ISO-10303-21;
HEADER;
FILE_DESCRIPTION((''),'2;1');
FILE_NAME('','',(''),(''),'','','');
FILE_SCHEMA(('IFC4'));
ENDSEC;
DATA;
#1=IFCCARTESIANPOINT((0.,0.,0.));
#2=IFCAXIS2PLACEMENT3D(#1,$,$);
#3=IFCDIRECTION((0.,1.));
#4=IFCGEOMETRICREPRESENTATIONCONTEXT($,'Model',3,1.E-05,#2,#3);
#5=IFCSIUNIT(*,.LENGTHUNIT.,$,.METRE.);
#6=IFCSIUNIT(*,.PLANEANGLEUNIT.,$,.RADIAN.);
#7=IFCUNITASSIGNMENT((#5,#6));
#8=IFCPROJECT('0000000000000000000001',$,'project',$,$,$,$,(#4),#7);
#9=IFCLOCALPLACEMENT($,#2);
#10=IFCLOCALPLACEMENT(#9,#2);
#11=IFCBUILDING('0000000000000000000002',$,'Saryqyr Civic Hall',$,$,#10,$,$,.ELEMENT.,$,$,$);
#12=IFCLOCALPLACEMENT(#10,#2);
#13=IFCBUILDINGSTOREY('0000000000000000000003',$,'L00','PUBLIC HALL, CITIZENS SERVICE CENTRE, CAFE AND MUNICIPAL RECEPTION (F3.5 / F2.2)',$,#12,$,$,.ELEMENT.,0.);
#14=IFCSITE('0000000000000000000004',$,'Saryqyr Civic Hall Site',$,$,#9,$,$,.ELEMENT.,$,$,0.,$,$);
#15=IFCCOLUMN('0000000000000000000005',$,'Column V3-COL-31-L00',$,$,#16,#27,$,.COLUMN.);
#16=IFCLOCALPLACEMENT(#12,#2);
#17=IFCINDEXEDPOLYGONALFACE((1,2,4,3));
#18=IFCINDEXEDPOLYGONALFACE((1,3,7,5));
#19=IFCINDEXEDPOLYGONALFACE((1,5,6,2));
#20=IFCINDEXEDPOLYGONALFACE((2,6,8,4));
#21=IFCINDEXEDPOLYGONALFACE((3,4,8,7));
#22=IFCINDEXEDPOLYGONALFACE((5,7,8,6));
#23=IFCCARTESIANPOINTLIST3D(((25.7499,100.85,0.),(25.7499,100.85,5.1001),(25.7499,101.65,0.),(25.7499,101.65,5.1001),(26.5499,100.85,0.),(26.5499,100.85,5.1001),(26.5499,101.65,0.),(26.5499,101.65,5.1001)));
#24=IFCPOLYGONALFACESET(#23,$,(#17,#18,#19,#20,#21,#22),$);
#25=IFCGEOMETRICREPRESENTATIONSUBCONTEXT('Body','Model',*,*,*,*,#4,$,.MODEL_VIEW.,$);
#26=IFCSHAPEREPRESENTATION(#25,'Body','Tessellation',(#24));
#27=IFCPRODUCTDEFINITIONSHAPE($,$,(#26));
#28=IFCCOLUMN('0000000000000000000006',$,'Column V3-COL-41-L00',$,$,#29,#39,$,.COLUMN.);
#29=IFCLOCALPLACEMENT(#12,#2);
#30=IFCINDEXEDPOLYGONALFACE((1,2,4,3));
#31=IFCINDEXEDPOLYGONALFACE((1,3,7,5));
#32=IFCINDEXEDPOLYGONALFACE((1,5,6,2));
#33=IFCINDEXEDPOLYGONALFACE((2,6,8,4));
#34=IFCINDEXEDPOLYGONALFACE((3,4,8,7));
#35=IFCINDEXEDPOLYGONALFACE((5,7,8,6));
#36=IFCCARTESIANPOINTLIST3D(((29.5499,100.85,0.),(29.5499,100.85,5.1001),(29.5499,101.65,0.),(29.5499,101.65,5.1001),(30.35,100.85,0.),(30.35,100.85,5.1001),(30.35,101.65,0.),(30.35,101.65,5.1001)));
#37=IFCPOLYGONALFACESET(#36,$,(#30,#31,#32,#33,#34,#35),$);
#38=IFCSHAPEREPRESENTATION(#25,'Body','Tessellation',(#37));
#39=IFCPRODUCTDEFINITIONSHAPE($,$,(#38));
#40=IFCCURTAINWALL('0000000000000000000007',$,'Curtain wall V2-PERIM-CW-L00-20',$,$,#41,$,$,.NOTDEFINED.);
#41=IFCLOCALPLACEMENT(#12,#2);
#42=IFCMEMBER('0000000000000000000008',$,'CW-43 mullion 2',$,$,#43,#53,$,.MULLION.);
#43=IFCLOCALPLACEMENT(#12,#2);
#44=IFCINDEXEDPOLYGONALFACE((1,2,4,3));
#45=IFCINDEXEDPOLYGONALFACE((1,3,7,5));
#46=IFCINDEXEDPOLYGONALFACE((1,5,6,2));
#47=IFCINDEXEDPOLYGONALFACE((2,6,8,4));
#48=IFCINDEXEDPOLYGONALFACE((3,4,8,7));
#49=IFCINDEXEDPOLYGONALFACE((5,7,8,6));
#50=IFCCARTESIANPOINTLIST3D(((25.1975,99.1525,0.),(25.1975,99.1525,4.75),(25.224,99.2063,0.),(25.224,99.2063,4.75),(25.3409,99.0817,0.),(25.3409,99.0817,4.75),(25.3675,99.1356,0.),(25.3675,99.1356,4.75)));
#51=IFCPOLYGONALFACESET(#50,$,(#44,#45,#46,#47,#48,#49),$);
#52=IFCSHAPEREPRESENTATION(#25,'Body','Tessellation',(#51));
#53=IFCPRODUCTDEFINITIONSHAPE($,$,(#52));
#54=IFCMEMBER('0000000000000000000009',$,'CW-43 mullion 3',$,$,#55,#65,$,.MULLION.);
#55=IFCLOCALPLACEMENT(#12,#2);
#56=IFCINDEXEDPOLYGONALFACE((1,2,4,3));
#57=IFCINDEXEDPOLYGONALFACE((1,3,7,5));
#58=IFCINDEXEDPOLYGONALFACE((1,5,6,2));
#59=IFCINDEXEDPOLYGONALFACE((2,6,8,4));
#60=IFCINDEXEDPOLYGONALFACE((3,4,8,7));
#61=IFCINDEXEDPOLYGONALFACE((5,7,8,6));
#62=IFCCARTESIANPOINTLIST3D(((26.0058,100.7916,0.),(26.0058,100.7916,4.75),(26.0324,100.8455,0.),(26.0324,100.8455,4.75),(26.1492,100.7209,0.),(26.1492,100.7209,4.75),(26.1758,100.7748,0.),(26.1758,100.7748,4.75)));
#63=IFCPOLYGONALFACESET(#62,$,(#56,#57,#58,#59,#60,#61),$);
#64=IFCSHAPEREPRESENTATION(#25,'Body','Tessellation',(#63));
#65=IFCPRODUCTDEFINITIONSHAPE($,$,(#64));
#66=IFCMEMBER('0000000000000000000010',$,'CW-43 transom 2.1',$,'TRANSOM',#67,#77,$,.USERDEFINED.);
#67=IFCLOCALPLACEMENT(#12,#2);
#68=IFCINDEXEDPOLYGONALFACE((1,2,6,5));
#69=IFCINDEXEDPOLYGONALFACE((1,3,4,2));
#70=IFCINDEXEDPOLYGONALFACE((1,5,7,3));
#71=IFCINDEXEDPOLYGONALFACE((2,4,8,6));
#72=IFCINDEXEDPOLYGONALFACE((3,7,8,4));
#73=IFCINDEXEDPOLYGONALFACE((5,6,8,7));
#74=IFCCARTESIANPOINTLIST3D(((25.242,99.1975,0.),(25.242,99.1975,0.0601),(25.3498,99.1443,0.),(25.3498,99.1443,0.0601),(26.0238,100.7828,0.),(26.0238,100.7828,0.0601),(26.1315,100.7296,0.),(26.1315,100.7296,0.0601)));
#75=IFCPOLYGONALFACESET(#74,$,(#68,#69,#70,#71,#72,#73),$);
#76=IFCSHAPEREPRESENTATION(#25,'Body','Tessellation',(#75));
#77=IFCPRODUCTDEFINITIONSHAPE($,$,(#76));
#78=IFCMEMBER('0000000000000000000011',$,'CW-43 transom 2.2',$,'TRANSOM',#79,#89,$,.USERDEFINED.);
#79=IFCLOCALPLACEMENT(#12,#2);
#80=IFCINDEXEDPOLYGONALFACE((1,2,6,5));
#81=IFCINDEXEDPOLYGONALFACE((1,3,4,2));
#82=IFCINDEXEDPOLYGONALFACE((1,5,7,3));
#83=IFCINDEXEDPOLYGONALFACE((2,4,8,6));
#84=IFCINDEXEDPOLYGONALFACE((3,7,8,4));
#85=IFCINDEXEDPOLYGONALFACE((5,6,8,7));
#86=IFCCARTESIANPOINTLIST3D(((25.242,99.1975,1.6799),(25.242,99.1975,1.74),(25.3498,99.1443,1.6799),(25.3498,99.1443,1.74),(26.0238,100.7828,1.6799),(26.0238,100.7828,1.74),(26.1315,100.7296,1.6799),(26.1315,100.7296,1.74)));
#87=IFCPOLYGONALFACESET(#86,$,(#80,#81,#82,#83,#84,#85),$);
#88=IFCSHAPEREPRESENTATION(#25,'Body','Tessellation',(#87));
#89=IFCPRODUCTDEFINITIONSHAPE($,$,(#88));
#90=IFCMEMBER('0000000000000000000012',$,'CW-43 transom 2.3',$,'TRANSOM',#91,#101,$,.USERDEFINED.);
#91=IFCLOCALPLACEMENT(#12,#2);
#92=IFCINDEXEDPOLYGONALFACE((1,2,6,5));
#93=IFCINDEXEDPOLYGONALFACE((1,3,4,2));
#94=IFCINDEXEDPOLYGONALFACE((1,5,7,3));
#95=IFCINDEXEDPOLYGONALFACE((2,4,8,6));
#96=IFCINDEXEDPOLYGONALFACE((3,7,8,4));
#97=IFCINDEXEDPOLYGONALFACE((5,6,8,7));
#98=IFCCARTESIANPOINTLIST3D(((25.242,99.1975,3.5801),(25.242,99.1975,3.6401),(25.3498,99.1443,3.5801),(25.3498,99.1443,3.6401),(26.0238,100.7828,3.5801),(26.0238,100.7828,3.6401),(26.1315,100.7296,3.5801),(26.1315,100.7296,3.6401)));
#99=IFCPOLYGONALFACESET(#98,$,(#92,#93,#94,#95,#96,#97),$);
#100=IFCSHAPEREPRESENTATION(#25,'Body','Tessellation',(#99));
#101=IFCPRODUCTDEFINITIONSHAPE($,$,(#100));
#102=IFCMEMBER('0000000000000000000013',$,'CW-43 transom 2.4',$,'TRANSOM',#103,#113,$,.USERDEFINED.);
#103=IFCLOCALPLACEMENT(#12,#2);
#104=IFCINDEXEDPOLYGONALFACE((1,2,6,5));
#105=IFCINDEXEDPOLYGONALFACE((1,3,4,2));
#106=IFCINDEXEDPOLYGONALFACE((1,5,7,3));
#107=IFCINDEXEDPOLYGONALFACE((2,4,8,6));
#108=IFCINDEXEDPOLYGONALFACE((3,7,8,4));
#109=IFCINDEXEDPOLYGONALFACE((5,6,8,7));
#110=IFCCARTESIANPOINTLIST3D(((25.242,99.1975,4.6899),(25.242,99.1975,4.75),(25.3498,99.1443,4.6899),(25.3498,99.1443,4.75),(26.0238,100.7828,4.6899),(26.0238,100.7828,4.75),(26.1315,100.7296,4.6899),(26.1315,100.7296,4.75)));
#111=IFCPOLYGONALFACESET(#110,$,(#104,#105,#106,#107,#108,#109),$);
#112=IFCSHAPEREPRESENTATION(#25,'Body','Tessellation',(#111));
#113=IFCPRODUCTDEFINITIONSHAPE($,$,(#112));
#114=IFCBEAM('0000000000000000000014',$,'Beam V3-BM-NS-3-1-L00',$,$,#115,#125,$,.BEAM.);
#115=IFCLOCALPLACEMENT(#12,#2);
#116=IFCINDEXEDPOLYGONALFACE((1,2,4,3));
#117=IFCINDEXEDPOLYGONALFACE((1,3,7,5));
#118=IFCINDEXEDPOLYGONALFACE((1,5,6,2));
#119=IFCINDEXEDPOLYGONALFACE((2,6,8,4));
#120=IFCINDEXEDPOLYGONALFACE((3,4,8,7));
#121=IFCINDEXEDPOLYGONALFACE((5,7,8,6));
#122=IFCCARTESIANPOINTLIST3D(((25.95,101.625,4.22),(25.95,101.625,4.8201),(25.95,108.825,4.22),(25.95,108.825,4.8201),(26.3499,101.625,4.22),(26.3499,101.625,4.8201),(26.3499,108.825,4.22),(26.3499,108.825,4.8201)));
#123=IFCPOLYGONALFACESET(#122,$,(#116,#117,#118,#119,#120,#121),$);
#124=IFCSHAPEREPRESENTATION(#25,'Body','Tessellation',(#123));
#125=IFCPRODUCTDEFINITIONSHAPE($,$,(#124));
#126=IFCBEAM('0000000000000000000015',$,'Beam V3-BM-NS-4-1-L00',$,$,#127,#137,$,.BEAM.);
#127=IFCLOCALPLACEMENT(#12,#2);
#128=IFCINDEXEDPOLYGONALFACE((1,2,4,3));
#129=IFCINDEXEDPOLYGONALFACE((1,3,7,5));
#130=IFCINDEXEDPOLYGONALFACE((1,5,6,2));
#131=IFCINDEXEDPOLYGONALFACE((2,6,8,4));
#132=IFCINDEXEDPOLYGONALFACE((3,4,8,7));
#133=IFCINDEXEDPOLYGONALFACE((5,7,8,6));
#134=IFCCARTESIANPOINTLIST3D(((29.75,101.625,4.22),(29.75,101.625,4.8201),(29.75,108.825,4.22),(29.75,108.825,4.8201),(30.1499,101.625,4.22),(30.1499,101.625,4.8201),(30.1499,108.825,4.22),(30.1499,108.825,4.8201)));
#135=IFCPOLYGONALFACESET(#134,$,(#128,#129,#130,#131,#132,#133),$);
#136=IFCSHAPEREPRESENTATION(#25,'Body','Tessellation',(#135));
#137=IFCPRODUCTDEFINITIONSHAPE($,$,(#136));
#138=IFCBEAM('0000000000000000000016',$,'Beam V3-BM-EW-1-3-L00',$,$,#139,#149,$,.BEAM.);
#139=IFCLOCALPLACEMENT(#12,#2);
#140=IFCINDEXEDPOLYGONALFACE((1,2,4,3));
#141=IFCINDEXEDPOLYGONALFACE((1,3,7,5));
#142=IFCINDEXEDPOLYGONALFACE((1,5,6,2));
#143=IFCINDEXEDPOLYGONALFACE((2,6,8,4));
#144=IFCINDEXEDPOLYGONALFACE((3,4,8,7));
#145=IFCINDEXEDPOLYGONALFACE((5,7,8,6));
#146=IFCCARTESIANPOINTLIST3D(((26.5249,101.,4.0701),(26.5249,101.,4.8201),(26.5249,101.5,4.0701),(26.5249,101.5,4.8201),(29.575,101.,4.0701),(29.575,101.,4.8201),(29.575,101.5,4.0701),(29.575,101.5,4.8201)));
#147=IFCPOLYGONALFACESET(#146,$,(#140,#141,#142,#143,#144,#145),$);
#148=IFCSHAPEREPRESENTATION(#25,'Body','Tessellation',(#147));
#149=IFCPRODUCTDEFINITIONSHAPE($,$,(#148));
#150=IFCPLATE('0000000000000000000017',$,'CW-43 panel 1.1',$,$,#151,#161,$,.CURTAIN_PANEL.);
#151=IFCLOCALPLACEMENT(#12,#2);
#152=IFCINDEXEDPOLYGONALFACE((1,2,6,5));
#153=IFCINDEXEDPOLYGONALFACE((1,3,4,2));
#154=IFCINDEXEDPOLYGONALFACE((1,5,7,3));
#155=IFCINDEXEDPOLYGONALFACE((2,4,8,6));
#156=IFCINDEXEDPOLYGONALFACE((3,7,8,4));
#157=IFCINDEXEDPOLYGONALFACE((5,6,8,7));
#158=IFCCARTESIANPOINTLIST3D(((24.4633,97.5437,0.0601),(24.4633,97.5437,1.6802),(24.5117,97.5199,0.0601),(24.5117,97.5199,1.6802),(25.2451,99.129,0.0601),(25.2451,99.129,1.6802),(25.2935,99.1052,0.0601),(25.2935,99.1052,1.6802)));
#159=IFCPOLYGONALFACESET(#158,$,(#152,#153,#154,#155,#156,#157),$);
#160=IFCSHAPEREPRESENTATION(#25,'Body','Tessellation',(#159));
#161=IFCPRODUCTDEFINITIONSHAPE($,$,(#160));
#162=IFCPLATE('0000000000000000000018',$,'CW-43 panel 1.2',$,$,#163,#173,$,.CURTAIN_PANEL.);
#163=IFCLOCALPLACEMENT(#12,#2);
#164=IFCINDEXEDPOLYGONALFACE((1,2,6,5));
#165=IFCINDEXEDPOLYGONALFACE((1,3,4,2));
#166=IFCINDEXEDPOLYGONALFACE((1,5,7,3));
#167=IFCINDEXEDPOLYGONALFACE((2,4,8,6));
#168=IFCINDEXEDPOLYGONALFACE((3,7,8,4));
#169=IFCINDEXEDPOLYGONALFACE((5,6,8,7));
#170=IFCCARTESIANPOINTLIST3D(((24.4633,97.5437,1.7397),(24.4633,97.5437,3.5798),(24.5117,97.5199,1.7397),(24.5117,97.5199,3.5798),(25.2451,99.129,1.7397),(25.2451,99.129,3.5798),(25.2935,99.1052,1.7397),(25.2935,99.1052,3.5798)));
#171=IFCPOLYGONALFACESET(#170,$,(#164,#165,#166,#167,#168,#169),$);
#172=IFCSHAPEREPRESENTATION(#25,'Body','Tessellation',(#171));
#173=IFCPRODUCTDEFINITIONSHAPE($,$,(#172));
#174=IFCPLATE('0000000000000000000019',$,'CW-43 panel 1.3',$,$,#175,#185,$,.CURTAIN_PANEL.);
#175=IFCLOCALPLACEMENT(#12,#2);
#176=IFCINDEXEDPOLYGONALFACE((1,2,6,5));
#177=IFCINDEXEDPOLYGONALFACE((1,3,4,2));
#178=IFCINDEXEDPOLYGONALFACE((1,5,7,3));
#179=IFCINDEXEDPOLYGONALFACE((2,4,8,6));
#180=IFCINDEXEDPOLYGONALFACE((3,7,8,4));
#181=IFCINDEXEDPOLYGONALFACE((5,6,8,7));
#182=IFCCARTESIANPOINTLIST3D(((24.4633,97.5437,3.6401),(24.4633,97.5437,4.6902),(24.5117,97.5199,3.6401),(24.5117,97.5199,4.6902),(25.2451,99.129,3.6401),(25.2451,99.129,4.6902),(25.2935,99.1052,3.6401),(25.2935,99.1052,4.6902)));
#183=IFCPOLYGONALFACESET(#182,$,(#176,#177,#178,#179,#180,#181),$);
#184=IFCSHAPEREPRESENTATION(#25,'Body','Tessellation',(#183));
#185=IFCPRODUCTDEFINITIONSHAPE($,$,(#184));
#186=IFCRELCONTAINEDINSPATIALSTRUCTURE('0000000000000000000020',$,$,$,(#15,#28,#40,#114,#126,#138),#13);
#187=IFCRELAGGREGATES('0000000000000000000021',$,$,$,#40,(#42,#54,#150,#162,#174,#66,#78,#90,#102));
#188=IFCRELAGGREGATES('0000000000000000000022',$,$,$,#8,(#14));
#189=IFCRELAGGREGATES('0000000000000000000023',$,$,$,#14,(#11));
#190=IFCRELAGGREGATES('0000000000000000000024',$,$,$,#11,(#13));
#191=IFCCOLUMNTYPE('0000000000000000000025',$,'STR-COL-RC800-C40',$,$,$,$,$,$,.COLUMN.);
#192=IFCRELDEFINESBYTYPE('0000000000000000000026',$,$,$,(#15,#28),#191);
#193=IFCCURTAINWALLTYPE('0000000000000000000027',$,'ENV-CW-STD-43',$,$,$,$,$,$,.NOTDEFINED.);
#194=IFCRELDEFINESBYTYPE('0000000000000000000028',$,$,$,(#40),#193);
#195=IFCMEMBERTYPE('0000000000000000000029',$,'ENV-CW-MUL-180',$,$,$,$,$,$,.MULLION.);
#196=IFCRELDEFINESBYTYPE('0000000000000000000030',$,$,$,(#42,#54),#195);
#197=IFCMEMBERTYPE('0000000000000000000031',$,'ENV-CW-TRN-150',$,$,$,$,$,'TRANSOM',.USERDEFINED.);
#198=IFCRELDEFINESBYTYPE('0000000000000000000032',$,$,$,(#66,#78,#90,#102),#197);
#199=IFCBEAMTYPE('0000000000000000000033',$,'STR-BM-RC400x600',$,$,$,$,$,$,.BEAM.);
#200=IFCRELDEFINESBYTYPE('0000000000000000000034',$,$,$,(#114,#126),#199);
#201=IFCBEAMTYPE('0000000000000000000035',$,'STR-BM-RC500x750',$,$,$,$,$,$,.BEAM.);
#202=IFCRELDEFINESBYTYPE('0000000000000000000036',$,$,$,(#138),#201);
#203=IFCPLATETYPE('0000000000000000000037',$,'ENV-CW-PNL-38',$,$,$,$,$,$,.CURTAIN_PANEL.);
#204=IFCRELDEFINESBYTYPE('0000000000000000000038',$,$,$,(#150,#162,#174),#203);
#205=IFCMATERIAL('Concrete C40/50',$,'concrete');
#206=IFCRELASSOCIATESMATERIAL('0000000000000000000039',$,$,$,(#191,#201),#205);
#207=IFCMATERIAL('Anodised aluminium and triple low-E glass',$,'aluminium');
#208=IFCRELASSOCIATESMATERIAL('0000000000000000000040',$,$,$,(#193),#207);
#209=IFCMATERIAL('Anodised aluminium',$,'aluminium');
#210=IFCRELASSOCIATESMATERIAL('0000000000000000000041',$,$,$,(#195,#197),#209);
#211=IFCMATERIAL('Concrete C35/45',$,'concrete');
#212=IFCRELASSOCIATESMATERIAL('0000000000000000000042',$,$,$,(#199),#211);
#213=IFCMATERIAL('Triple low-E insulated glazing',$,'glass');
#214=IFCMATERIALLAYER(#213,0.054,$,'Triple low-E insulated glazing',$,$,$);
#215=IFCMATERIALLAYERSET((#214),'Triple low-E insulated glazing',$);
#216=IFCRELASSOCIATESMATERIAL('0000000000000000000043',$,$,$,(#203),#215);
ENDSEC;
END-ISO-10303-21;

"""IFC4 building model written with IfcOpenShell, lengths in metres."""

from ifc_helpers import new_model, si_unit, direction, frame, origin, origin_2d, place, context, subcontext, project, spatial, rectangle, extrude, material, layer, layer_set, material_profile, profile_set, type_object, element, aggregate, save


model = new_model("IFC4")

# Units and contexts
model_context = context("Model", 3, precision=1e-05, world=origin(), true_north=direction((0.0, 1.0)))
body_context = subcontext(model_context, "Body", "Model", "MODEL_VIEW")
ifc_project = project(units=[si_unit("LENGTHUNIT", "METRE"), si_unit("PLANEANGLEUNIT", "RADIAN")], contexts=[model_context])

# Site, building, storey
site_placement = place(None, origin())
site = spatial("IfcSite", under=ifc_project, at=site_placement, Name="Saryqyr Civic Hall Site", CompositionType="ELEMENT", RefElevation=0.0)
building_placement = place(site_placement, origin())
building = spatial("IfcBuilding", under=site, at=building_placement, Name="Saryqyr Civic Hall", CompositionType="ELEMENT")
storey_placement = place(building_placement, origin())
storey = spatial("IfcBuildingStorey", under=building, at=storey_placement, Name="L00", Description="PUBLIC HALL, CITIZENS SERVICE CENTRE, CAFE AND MUNICIPAL RECEPTION (F3.5 / F2.2)", CompositionType="ELEMENT", Elevation=0.0)

# Columns
ifc_material_1 = material(Name="Concrete C40/50", Category="concrete")
ifc_material_profile_1 = material_profile(ifc_material_1, rectangle(XDim=0.8, YDim=0.8, at=origin_2d()), Name="RC 800x800")
ifc_profile_set_1 = profile_set([ifc_material_profile_1], Name="Concrete C40/50")
column_type = type_object("IfcColumnType", Name="STR-COL-RC800-C40", PredefinedType="COLUMN", material=ifc_profile_set_1)
for number, where, z_axis, x_axis, name in (
    (1, (26.1499, 101.25, 0.0), (0.0, 0.0, 1.0), (1.0, 0.0, 0.0), "Column V3-COL-31-L00"),
    (2, (29.95, 101.25, 0.0), (0.0, 0.0, 1.0), (1.0, 0.0, 0.0), "Column V3-COL-41-L00"),
):
    element("IfcColumn", number, at=place(storey_placement, frame(where, z_axis=z_axis, x_axis=x_axis)), inside=storey, type_object=column_type, Name=name, PredefinedType="COLUMN", context=body_context, shape_type="SweptSolid", body=[
        extrude(rectangle(XDim=0.8, YDim=0.8, at=origin_2d()), origin(), (0.0, 0.0, 1.0), 5.1001),
    ])

# Curtain wall, members
ifc_material_2 = material(Name="Anodised aluminium and triple low-E glass", Category="aluminium")
curtain_wall_type = type_object("IfcCurtainWallType", Name="ENV-CW-STD-43", PredefinedType="NOTDEFINED", material=ifc_material_2)
curtain_wall_placement = place(storey_placement, origin())
curtain_wall = element("IfcCurtainWall", 3, at=curtain_wall_placement, inside=storey, type_object=curtain_wall_type, Name="Curtain wall V2-PERIM-CW-L00-20", PredefinedType="NOTDEFINED")
ifc_material_3 = material(Name="Anodised aluminium", Category="aluminium")
ifc_material_profile_2 = material_profile(ifc_material_3, rectangle(XDim=0.0601, YDim=0.1599, at=origin_2d()), Name="ALU MULLION 60x160")
ifc_profile_set_2 = profile_set([ifc_material_profile_2], Name="Anodised aluminium")
member_type_1 = type_object("IfcMemberType", Name="ENV-CW-MUL-180", PredefinedType="MULLION", material=ifc_profile_set_2)
member_1_placement = place(storey_placement, frame((25.2825, 99.144, 0.0), z_axis=(0.0, 0.0, 1.0), x_axis=(0.442286, 0.896874, 0.0)))
member_1 = element("IfcMember", 4, at=member_1_placement, type_object=member_type_1, Name="CW-43 mullion 2", PredefinedType="MULLION", context=body_context, shape_type="SweptSolid", body=[
    extrude(rectangle(XDim=0.0601, YDim=0.1599, at=origin_2d()), origin(), (0.0, 0.0, 1.0), 4.75),
])
member_2_placement = place(storey_placement, frame((26.0908, 100.7832, 0.0), z_axis=(0.0, 0.0, 1.0), x_axis=(0.442286, 0.896874, 0.0)))
member_2 = element("IfcMember", 5, at=member_2_placement, type_object=member_type_1, Name="CW-43 mullion 3", PredefinedType="MULLION", context=body_context, shape_type="SweptSolid", body=[
    extrude(rectangle(XDim=0.0601, YDim=0.1599, at=origin_2d()), origin(), (0.0, 0.0, 1.0), 4.75),
])
ifc_material_profile_3 = material_profile(ifc_material_3, rectangle(XDim=0.1201, YDim=0.0601, at=origin_2d()), Name="ALU TRANSOM 120x60")
ifc_profile_set_3 = profile_set([ifc_material_profile_3], Name="Anodised aluminium")
member_type_2 = type_object("IfcMemberType", Name="ENV-CW-TRN-150", ElementType="TRANSOM", PredefinedType="USERDEFINED", material=ifc_profile_set_3)
member_3_placement = place(storey_placement, frame((25.2959, 99.1709, 0.03), z_axis=(0.442289, 0.896872, 0.0), x_axis=(-0.896872, 0.442289, 0.0)))
member_3 = element("IfcMember", 6, at=member_3_placement, type_object=member_type_2, Name="CW-43 transom 2.1", ObjectType="TRANSOM", PredefinedType="USERDEFINED", context=body_context, shape_type="SweptSolid", body=[
    extrude(rectangle(XDim=0.1201, YDim=0.0601, at=origin_2d()), origin(), (0.0, 0.0, 1.0), 1.7676),
])
member_4_placement = place(storey_placement, frame((25.2959, 99.1709, 1.71), z_axis=(0.442289, 0.896872, 0.0), x_axis=(-0.896872, 0.442289, 0.0)))
member_4 = element("IfcMember", 7, at=member_4_placement, type_object=member_type_2, Name="CW-43 transom 2.2", ObjectType="TRANSOM", PredefinedType="USERDEFINED", context=body_context, shape_type="SweptSolid", body=[
    extrude(rectangle(XDim=0.1201, YDim=0.0601, at=origin_2d()), origin(), (0.0, 0.0, 1.0), 1.7676),
])
member_5_placement = place(storey_placement, frame((25.2959, 99.1709, 3.6101), z_axis=(0.442289, 0.896872, 0.0), x_axis=(-0.896872, 0.442289, 0.0)))
member_5 = element("IfcMember", 8, at=member_5_placement, type_object=member_type_2, Name="CW-43 transom 2.3", ObjectType="TRANSOM", PredefinedType="USERDEFINED", context=body_context, shape_type="SweptSolid", body=[
    extrude(rectangle(XDim=0.1201, YDim=0.0601, at=origin_2d()), origin(), (0.0, 0.0, 1.0), 1.7676),
])
member_6_placement = place(storey_placement, frame((25.2959, 99.1709, 4.72), z_axis=(0.442289, 0.896872, 0.0), x_axis=(-0.896872, 0.442289, 0.0)))
member_6 = element("IfcMember", 9, at=member_6_placement, type_object=member_type_2, Name="CW-43 transom 2.4", ObjectType="TRANSOM", PredefinedType="USERDEFINED", context=body_context, shape_type="SweptSolid", body=[
    extrude(rectangle(XDim=0.1201, YDim=0.0601, at=origin_2d()), origin(), (0.0, 0.0, 1.0), 1.7676),
])

# Beams
ifc_material_4 = material(Name="Concrete C35/45", Category="concrete")
ifc_material_profile_4 = material_profile(ifc_material_4, rectangle(XDim=0.3999, YDim=0.6001, at=origin_2d()), Name="RC 400x600")
ifc_profile_set_4 = profile_set([ifc_material_profile_4], Name="Concrete C35/45")
beam_type_1 = type_object("IfcBeamType", Name="STR-BM-RC400x600", PredefinedType="BEAM", material=ifc_profile_set_4)
for number, where, z_axis, x_axis, name in (
    (10, (26.1499, 101.625, 4.52), (0.0, 1.0, 0.0), (-1.0, 0.0, 0.0), "Beam V3-BM-NS-3-1-L00"),
    (11, (29.95, 101.625, 4.52), (0.0, 1.0, 0.0), (-1.0, 0.0, 0.0), "Beam V3-BM-NS-4-1-L00"),
):
    element("IfcBeam", number, at=place(storey_placement, frame(where, z_axis=z_axis, x_axis=x_axis)), inside=storey, type_object=beam_type_1, Name=name, PredefinedType="BEAM", context=body_context, shape_type="SweptSolid", body=[
        extrude(rectangle(XDim=0.3999, YDim=0.6001, at=origin_2d()), origin(), (0.0, 0.0, 1.0), 7.2),
    ])
ifc_material_profile_5 = material_profile(ifc_material_1, rectangle(XDim=0.5, YDim=0.75, at=origin_2d()), Name="RC 500x750")
ifc_profile_set_5 = profile_set([ifc_material_profile_5], Name="Concrete C40/50")
beam_type_2 = type_object("IfcBeamType", Name="STR-BM-RC500x750", PredefinedType="BEAM", material=ifc_profile_set_5)
beam_placement = place(storey_placement, frame((26.5249, 101.25, 4.4451), z_axis=(1.0, 0.0, 0.0), x_axis=(0.0, 1.0, 0.0)))
element("IfcBeam", 12, at=beam_placement, inside=storey, type_object=beam_type_2, Name="Beam V3-BM-EW-1-3-L00", PredefinedType="BEAM", context=body_context, shape_type="SweptSolid", body=[
    extrude(rectangle(XDim=0.5, YDim=0.75, at=origin_2d()), origin(), (0.0, 0.0, 1.0), 3.05),
])

# Plates
ifc_material_5 = material(Name="Triple low-E insulated glazing", Category="glass")
ifc_layer_1 = layer(ifc_material_5, 0.054, Name="Triple low-E insulated glazing")
ifc_layer_set_1 = layer_set([ifc_layer_1], Name="Triple low-E insulated glazing")
plate_type = type_object("IfcPlateType", Name="ENV-CW-PNL-38", PredefinedType="CURTAIN_PANEL", material=ifc_layer_set_1)
plate_1_placement = place(storey_placement, frame((24.8784, 98.3245, 0.0601), z_axis=(0.0, 0.0, 1.0), x_axis=(0.442286, 0.896874, 0.0)))
plate_1 = element("IfcPlate", 13, at=plate_1_placement, type_object=plate_type, Name="CW-43 panel 1.1", PredefinedType="CURTAIN_PANEL", context=body_context, shape_type="SweptSolid", body=[
    extrude(rectangle(XDim=1.7676, YDim=0.054, at=origin_2d()), origin(), (0.0, 0.0, 1.0), 1.6201),
])
plate_2_placement = place(storey_placement, frame((24.8784, 98.3245, 1.7397), z_axis=(0.0, 0.0, 1.0), x_axis=(0.442286, 0.896874, 0.0)))
plate_2 = element("IfcPlate", 14, at=plate_2_placement, type_object=plate_type, Name="CW-43 panel 1.2", PredefinedType="CURTAIN_PANEL", context=body_context, shape_type="SweptSolid", body=[
    extrude(rectangle(XDim=1.7676, YDim=0.054, at=origin_2d()), origin(), (0.0, 0.0, 1.0), 1.8401),
])
plate_3_placement = place(storey_placement, frame((24.8784, 98.3245, 3.6401), z_axis=(0.0, 0.0, 1.0), x_axis=(0.442286, 0.896874, 0.0)))
plate_3 = element("IfcPlate", 15, at=plate_3_placement, type_object=plate_type, Name="CW-43 panel 1.3", PredefinedType="CURTAIN_PANEL", context=body_context, shape_type="SweptSolid", body=[
    extrude(rectangle(XDim=1.7676, YDim=0.054, at=origin_2d()), origin(), (0.0, 0.0, 1.0), 1.05),
])
aggregate(curtain_wall, [member_1, member_2, plate_1, plate_2, plate_3, member_3, member_4, member_5, member_6])

save(model, "model.ifc")
